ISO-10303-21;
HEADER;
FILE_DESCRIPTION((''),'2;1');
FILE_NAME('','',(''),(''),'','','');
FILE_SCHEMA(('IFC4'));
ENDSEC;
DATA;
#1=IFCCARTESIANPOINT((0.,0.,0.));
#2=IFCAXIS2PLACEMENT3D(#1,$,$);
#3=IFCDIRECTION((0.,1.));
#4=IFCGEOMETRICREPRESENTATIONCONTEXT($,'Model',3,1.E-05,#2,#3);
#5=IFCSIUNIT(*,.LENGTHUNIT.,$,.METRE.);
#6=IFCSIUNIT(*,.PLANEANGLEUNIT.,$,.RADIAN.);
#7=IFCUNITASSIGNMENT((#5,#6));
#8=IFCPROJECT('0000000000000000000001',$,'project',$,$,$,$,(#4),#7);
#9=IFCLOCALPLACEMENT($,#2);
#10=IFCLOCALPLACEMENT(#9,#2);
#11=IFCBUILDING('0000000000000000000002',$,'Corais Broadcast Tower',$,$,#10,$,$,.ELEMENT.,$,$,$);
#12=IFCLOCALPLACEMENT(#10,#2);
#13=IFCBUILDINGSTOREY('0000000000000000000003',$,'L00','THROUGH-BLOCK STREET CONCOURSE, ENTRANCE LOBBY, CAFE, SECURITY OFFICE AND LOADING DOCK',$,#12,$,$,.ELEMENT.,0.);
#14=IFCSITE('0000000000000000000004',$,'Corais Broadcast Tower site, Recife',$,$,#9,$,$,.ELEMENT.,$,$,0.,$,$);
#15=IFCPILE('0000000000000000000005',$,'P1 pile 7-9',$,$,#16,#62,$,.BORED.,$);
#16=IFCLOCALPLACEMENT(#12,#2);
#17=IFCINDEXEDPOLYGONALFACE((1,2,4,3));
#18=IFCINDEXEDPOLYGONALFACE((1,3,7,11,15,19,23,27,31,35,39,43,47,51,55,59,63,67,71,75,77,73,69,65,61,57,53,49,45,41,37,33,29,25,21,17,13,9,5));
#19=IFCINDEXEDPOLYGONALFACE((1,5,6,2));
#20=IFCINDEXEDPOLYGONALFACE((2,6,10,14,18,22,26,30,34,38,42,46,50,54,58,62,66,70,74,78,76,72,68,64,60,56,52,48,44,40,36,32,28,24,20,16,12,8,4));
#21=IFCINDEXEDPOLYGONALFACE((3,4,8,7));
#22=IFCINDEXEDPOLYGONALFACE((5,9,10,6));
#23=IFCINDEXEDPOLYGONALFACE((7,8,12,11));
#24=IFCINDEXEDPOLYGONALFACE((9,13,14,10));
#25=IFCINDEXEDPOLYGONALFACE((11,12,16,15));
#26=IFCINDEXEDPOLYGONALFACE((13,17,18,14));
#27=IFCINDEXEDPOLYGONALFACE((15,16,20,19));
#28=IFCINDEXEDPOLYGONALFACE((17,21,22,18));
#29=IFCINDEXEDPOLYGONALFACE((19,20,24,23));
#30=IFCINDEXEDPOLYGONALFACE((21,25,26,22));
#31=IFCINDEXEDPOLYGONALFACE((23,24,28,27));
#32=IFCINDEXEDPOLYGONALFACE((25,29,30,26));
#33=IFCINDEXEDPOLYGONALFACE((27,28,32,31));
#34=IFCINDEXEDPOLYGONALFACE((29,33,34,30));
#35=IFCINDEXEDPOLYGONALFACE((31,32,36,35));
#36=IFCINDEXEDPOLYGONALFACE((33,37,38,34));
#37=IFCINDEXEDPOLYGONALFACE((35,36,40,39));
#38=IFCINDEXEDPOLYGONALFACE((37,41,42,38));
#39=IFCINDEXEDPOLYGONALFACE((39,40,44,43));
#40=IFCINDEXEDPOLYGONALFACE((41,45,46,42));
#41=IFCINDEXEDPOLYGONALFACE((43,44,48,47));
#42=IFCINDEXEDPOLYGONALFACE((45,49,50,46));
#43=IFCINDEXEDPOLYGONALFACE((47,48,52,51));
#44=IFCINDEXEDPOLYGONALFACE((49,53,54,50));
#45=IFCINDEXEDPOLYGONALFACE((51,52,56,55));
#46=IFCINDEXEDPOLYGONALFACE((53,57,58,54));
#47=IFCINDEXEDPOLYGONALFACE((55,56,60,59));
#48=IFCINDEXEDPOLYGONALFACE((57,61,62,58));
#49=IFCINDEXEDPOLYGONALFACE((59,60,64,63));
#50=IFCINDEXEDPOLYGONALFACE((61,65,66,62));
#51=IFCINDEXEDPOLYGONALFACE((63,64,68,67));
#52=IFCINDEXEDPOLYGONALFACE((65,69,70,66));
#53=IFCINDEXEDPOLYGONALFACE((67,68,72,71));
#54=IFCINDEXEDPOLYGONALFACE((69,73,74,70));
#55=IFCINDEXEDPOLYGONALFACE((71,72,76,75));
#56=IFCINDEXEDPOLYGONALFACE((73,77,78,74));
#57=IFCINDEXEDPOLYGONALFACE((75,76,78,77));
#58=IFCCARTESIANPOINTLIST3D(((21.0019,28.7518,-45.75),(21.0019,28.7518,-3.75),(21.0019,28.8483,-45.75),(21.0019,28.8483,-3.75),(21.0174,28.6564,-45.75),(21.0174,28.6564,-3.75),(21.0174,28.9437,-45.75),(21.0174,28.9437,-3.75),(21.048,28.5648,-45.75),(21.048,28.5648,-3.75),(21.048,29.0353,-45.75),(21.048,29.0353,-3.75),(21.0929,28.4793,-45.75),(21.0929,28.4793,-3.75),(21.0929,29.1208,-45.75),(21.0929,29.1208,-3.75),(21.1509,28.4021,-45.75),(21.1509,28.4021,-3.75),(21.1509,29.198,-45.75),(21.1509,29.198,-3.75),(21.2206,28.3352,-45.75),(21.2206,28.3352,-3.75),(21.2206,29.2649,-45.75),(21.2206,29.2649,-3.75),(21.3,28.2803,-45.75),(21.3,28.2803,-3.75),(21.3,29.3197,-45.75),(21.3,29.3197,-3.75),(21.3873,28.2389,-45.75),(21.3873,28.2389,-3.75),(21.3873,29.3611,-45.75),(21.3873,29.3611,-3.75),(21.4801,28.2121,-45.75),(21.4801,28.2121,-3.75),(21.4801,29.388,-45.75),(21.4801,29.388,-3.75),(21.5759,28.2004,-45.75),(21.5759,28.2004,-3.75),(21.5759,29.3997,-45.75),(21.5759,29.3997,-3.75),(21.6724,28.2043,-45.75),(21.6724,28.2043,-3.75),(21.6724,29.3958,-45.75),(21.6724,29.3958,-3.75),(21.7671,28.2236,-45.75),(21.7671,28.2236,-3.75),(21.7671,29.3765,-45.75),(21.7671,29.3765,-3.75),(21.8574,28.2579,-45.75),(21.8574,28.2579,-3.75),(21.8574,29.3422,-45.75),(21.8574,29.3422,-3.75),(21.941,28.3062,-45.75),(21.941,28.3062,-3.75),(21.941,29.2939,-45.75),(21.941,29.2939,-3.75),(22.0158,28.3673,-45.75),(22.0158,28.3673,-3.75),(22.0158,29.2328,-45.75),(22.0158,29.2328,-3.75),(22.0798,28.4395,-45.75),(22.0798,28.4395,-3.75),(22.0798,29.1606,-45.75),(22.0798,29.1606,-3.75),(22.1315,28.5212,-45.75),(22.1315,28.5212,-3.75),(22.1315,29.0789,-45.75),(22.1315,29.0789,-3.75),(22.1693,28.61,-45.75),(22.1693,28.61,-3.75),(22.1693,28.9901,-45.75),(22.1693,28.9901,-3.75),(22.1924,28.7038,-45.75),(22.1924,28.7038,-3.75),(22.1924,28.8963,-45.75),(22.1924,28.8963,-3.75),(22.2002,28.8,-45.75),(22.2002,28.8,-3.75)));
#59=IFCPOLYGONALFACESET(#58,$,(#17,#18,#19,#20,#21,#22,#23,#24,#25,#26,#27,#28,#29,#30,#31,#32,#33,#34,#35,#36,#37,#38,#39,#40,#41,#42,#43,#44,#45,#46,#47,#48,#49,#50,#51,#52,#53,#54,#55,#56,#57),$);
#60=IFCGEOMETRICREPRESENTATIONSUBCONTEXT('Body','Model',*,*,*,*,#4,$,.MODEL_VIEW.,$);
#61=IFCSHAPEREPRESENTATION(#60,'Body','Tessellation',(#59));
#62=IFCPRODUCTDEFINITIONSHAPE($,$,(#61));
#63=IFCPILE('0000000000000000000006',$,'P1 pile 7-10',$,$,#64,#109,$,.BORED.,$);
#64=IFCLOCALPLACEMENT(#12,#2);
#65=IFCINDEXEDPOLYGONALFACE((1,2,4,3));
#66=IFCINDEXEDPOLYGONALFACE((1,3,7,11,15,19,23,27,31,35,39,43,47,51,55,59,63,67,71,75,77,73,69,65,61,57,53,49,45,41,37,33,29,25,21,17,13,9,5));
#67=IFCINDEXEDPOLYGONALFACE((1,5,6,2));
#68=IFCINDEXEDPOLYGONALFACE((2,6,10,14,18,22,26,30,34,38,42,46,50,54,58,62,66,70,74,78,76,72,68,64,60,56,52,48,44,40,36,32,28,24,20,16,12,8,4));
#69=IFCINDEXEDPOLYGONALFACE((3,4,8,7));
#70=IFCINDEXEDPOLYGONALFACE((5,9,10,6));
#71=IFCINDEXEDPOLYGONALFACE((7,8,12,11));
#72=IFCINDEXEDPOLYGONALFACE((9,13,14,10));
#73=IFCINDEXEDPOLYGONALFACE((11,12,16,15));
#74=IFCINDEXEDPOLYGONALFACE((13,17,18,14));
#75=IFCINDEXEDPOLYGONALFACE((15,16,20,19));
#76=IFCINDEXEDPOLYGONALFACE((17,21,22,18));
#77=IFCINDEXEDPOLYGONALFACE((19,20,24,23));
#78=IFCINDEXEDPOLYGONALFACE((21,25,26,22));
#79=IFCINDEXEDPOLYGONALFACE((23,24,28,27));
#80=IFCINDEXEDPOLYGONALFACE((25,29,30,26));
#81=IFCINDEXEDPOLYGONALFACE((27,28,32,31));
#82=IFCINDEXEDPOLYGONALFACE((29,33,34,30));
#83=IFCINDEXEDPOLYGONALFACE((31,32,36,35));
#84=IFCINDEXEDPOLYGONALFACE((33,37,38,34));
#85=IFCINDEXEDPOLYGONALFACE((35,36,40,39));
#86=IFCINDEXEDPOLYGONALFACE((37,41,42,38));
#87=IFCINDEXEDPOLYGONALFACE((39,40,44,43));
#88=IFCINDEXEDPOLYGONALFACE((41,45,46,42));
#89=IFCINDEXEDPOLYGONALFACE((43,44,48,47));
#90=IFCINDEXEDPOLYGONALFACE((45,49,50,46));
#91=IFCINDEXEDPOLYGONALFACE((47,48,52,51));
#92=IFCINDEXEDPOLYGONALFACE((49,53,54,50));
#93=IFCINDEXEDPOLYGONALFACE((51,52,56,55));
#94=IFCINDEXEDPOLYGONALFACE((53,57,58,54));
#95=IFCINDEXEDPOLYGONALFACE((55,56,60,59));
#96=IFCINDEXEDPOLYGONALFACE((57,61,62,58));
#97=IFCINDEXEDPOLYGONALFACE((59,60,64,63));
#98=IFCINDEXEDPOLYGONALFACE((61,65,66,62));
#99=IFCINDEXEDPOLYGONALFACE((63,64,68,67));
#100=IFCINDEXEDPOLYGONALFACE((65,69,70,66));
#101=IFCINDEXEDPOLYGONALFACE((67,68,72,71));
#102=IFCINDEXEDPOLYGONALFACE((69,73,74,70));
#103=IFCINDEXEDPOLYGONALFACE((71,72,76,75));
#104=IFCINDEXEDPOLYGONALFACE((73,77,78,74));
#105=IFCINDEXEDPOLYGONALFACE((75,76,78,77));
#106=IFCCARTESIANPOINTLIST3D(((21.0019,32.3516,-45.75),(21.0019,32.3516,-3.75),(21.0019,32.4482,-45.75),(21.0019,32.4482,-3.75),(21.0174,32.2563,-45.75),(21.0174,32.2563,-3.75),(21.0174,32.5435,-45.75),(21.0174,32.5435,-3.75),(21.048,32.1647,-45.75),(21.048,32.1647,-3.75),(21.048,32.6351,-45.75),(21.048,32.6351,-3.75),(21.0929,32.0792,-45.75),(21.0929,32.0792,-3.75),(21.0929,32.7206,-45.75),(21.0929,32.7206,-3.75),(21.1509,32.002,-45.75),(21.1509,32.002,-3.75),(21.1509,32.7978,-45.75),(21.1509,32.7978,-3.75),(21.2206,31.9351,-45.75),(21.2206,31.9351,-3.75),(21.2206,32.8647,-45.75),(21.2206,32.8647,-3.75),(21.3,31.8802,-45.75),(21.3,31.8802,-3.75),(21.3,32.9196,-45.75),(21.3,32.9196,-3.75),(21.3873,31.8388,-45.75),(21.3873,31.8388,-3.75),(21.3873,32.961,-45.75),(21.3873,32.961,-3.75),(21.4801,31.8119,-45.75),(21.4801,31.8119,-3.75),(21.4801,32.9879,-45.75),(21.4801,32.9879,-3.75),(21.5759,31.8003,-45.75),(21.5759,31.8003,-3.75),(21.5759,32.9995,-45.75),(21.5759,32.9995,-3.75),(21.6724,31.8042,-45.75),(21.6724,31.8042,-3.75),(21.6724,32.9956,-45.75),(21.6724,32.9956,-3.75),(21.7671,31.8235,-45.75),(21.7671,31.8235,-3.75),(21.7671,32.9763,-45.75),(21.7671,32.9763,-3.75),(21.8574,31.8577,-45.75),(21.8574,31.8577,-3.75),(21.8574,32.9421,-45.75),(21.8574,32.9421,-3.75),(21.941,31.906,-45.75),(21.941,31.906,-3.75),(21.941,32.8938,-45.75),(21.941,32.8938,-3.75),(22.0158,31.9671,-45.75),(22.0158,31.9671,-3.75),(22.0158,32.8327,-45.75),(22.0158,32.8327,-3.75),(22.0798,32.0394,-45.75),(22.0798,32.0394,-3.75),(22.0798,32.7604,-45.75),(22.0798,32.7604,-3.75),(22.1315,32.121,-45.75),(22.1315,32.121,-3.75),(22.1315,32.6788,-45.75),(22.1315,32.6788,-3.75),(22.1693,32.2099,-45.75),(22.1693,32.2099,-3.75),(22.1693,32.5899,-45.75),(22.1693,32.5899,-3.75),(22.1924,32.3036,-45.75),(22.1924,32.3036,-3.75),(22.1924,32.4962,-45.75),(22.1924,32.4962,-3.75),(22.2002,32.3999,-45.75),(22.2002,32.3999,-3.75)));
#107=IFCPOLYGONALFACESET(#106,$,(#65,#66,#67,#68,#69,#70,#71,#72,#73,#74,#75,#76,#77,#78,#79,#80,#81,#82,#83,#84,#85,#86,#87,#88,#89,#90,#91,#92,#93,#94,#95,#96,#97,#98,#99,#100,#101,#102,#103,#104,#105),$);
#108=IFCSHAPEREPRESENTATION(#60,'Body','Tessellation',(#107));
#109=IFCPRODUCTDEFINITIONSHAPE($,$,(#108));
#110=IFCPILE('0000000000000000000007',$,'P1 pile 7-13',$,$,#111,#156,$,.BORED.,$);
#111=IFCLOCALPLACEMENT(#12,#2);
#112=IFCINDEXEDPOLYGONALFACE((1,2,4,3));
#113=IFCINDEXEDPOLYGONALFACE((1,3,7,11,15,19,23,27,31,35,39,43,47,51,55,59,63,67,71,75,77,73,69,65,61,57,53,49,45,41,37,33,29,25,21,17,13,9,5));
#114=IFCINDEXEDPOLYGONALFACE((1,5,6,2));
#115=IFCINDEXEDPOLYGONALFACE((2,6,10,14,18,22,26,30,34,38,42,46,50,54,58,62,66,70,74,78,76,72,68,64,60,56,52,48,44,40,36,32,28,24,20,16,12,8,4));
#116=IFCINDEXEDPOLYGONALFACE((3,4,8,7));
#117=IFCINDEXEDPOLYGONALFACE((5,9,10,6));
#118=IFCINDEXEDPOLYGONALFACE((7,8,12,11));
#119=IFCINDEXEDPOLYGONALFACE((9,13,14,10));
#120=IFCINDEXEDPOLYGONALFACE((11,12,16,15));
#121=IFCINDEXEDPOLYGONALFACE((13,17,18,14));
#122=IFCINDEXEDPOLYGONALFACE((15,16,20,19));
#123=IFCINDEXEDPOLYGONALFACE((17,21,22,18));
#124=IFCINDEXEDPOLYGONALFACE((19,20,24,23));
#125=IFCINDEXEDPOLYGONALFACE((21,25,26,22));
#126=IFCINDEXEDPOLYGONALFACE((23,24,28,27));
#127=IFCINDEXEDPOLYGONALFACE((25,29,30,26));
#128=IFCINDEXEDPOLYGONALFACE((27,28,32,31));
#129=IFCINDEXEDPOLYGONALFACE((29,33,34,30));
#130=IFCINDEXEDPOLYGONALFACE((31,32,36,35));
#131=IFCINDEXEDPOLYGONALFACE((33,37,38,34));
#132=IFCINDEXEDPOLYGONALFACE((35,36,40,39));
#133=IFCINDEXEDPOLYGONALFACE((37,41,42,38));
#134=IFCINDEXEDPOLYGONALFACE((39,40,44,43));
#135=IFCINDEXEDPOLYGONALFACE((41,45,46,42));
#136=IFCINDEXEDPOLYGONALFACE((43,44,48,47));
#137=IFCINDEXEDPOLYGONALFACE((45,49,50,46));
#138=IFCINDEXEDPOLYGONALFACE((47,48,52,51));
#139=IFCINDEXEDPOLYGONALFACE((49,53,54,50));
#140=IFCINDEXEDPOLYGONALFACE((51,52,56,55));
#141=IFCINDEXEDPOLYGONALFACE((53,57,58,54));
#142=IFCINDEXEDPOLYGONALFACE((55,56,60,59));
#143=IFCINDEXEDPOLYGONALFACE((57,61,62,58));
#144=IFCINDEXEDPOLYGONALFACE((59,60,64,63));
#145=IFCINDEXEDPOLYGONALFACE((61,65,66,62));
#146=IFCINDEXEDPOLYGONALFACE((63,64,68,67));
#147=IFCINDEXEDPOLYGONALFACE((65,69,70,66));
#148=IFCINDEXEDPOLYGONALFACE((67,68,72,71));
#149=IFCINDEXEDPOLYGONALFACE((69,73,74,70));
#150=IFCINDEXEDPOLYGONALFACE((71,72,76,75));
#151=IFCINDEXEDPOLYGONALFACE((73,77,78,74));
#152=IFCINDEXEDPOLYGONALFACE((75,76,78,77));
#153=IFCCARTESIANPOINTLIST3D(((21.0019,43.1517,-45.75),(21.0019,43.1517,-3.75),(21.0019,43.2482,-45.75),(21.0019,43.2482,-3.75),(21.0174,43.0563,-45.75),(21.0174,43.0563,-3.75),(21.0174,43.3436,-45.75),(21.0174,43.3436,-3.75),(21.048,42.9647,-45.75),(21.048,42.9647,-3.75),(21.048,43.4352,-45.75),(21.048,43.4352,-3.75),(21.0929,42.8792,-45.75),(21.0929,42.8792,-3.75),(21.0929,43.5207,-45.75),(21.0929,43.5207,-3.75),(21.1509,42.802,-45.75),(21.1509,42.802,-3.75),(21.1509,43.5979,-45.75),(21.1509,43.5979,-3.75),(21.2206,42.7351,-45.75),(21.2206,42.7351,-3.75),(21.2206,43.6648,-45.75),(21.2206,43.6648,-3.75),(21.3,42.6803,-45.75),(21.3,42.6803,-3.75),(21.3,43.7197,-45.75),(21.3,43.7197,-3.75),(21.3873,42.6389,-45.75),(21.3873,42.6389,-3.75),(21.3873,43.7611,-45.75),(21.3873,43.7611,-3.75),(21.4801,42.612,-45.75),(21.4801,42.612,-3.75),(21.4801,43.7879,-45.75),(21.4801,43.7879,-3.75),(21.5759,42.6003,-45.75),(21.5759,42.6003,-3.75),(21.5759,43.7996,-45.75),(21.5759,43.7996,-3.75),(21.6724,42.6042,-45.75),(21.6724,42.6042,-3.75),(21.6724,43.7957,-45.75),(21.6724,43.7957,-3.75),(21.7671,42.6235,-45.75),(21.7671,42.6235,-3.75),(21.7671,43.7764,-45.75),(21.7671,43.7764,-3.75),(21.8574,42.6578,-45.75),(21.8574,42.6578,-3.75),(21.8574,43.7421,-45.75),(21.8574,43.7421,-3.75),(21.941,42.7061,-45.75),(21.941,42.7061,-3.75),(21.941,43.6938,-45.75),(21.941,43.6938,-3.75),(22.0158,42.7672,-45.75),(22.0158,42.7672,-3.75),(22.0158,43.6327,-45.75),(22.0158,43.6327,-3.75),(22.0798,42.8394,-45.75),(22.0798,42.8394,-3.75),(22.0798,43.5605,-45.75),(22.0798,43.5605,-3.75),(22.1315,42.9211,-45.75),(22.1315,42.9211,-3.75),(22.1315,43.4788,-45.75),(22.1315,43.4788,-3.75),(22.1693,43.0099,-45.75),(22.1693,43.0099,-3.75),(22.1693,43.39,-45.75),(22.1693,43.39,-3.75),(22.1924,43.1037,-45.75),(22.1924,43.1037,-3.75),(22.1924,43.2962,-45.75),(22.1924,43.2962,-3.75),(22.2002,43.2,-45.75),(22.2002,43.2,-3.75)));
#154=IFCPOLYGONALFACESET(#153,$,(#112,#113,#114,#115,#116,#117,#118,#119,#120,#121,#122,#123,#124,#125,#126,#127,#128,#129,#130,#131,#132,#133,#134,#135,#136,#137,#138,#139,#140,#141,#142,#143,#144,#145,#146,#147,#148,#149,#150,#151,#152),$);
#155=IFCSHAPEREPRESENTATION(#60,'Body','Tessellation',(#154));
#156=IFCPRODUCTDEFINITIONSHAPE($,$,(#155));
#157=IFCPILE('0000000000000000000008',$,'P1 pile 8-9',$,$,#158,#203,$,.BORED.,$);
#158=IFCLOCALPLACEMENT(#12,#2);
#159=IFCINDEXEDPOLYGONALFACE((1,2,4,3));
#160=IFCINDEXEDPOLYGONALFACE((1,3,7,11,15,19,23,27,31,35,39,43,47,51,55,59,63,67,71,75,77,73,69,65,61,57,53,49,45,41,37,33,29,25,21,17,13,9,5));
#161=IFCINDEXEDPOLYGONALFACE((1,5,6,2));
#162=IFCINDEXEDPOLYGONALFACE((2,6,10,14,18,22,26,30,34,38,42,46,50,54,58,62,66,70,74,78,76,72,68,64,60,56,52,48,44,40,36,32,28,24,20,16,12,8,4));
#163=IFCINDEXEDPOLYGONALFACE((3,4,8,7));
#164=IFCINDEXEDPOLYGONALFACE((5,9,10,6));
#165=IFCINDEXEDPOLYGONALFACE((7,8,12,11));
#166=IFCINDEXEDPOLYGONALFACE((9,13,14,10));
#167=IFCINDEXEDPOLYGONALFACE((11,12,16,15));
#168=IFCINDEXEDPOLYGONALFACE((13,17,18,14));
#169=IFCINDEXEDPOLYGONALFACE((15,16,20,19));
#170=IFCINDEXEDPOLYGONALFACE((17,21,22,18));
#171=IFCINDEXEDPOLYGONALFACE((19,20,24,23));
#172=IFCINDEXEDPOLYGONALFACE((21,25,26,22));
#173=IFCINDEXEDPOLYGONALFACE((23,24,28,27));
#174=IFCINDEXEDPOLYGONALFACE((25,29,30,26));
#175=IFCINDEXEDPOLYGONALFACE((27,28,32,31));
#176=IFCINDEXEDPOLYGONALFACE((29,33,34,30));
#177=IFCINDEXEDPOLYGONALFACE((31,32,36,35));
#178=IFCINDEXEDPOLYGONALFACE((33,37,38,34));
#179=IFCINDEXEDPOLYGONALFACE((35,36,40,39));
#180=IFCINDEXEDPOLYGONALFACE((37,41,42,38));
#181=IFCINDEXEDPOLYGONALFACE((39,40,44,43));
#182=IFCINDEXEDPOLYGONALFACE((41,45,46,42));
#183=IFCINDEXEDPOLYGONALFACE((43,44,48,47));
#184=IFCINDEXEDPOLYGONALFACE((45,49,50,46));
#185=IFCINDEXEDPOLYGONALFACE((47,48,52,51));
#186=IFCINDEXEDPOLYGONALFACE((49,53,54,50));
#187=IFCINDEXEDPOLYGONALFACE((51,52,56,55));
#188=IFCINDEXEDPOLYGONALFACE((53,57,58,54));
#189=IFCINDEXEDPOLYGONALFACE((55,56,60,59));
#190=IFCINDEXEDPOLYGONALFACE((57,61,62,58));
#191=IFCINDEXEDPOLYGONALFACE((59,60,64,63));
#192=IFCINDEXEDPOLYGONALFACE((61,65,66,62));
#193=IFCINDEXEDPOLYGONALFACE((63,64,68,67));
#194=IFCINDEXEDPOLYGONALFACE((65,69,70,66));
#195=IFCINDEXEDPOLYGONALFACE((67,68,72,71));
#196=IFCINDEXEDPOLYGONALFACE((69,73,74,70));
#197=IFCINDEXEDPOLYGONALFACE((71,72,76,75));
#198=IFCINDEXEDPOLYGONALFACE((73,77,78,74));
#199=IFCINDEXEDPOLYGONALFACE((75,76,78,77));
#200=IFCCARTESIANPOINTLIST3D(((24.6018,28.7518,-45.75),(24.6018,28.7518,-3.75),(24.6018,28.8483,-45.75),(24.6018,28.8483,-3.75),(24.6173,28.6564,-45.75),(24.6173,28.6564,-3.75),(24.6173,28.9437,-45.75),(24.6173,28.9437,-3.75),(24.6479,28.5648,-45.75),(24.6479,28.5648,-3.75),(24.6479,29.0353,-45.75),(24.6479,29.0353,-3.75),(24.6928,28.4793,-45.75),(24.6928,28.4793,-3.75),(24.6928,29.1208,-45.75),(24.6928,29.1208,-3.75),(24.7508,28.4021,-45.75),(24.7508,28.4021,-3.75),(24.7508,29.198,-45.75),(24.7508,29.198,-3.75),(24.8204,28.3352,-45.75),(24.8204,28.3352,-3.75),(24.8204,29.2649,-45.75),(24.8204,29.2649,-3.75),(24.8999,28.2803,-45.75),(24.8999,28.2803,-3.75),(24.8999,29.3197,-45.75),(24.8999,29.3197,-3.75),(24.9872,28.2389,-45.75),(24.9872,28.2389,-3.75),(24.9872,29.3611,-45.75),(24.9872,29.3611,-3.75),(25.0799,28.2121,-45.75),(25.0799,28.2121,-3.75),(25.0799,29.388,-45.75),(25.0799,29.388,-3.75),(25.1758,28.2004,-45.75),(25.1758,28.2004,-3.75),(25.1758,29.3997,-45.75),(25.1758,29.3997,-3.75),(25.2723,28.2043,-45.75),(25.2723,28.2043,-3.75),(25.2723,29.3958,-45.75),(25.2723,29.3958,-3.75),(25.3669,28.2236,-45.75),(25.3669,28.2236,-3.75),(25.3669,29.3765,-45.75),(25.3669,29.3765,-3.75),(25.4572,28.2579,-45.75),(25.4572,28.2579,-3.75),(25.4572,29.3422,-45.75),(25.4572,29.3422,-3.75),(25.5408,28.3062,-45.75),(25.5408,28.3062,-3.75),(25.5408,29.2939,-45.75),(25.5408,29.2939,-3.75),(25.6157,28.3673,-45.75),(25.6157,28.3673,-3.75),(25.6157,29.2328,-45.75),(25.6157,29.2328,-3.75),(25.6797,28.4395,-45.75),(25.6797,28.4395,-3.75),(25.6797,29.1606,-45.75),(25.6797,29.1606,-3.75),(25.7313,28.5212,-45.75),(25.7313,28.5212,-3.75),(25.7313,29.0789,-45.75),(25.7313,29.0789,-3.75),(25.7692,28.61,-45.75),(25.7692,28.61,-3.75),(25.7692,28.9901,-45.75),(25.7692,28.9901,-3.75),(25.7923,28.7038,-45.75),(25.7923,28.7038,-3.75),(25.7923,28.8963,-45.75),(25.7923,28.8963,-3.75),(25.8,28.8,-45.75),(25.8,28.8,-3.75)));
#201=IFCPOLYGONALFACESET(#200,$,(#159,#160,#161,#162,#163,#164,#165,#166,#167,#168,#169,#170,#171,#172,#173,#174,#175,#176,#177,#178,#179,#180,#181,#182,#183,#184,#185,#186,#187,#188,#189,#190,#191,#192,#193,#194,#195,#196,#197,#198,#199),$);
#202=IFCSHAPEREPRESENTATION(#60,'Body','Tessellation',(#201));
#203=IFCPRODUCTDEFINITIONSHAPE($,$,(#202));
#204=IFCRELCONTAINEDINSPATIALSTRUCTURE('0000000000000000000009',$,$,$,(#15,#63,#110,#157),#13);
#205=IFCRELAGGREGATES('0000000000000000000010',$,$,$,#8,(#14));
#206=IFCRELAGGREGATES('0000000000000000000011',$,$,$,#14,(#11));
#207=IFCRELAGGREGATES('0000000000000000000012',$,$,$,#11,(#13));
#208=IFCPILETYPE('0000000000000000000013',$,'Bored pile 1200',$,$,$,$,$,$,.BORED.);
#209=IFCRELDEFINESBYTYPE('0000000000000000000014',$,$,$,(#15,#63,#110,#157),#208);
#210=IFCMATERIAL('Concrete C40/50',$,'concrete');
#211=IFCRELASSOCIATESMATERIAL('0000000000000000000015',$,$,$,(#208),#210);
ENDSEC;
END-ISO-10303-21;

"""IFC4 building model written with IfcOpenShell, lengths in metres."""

from ifc_helpers import new_model, si_unit, direction, frame, origin, origin_2d, place, context, subcontext, project, spatial, circle, extrude, material, type_object, element, save


model = new_model("IFC4")

# Units and contexts
model_context = context("Model", 3, precision=1e-05, world=origin(), true_north=direction((0.0, 1.0)))
body_context = subcontext(model_context, "Body", "Model", "MODEL_VIEW")
ifc_project = project(units=[si_unit("LENGTHUNIT", "METRE"), si_unit("PLANEANGLEUNIT", "RADIAN")], contexts=[model_context])

# Site, building, storey
site_placement = place(None, origin())
site = spatial("IfcSite", under=ifc_project, at=site_placement, Name="Corais Broadcast Tower site, Recife", CompositionType="ELEMENT", RefElevation=0.0)
building_placement = place(site_placement, origin())
building = spatial("IfcBuilding", under=site, at=building_placement, Name="Corais Broadcast Tower", CompositionType="ELEMENT")
storey_placement = place(building_placement, origin())
storey = spatial("IfcBuildingStorey", under=building, at=storey_placement, Name="L00", Description="THROUGH-BLOCK STREET CONCOURSE, ENTRANCE LOBBY, CAFE, SECURITY OFFICE AND LOADING DOCK", CompositionType="ELEMENT", Elevation=0.0)

# Piles
ifc_material_1 = material(Name="Concrete C40/50", Category="concrete")
pile_type = type_object("IfcPileType", Name="Bored pile 1200", PredefinedType="BORED", material=ifc_material_1)
for number, where, z_axis, x_axis, name in (
    (1, (21.6001, 28.8, -3.75), (0.0, 0.0, -1.0), (1.0, 0.0, 0.0), "P1 pile 7-9"),
    (2, (21.6001, 32.3999, -3.75), (0.0, 0.0, -1.0), (1.0, 0.0, 0.0), "P1 pile 7-10"),
    (3, (21.6001, 43.2, -3.75), (0.0, 0.0, -1.0), (1.0, 0.0, 0.0), "P1 pile 7-13"),
    (4, (25.2, 28.8, -3.75), (0.0, 0.0, -1.0), (1.0, 0.0, 0.0), "P1 pile 8-9"),
):
    element("IfcPile", number, at=place(storey_placement, frame(where, z_axis=z_axis, x_axis=x_axis)), inside=storey, type_object=pile_type, Name=name, PredefinedType="BORED", context=body_context, shape_type="SweptSolid", body=[
        extrude(circle(Radius=0.6001, at=origin_2d()), origin(), (0.0, 0.0, 1.0), 42.0),
    ])

save(model, "model.ifc")
